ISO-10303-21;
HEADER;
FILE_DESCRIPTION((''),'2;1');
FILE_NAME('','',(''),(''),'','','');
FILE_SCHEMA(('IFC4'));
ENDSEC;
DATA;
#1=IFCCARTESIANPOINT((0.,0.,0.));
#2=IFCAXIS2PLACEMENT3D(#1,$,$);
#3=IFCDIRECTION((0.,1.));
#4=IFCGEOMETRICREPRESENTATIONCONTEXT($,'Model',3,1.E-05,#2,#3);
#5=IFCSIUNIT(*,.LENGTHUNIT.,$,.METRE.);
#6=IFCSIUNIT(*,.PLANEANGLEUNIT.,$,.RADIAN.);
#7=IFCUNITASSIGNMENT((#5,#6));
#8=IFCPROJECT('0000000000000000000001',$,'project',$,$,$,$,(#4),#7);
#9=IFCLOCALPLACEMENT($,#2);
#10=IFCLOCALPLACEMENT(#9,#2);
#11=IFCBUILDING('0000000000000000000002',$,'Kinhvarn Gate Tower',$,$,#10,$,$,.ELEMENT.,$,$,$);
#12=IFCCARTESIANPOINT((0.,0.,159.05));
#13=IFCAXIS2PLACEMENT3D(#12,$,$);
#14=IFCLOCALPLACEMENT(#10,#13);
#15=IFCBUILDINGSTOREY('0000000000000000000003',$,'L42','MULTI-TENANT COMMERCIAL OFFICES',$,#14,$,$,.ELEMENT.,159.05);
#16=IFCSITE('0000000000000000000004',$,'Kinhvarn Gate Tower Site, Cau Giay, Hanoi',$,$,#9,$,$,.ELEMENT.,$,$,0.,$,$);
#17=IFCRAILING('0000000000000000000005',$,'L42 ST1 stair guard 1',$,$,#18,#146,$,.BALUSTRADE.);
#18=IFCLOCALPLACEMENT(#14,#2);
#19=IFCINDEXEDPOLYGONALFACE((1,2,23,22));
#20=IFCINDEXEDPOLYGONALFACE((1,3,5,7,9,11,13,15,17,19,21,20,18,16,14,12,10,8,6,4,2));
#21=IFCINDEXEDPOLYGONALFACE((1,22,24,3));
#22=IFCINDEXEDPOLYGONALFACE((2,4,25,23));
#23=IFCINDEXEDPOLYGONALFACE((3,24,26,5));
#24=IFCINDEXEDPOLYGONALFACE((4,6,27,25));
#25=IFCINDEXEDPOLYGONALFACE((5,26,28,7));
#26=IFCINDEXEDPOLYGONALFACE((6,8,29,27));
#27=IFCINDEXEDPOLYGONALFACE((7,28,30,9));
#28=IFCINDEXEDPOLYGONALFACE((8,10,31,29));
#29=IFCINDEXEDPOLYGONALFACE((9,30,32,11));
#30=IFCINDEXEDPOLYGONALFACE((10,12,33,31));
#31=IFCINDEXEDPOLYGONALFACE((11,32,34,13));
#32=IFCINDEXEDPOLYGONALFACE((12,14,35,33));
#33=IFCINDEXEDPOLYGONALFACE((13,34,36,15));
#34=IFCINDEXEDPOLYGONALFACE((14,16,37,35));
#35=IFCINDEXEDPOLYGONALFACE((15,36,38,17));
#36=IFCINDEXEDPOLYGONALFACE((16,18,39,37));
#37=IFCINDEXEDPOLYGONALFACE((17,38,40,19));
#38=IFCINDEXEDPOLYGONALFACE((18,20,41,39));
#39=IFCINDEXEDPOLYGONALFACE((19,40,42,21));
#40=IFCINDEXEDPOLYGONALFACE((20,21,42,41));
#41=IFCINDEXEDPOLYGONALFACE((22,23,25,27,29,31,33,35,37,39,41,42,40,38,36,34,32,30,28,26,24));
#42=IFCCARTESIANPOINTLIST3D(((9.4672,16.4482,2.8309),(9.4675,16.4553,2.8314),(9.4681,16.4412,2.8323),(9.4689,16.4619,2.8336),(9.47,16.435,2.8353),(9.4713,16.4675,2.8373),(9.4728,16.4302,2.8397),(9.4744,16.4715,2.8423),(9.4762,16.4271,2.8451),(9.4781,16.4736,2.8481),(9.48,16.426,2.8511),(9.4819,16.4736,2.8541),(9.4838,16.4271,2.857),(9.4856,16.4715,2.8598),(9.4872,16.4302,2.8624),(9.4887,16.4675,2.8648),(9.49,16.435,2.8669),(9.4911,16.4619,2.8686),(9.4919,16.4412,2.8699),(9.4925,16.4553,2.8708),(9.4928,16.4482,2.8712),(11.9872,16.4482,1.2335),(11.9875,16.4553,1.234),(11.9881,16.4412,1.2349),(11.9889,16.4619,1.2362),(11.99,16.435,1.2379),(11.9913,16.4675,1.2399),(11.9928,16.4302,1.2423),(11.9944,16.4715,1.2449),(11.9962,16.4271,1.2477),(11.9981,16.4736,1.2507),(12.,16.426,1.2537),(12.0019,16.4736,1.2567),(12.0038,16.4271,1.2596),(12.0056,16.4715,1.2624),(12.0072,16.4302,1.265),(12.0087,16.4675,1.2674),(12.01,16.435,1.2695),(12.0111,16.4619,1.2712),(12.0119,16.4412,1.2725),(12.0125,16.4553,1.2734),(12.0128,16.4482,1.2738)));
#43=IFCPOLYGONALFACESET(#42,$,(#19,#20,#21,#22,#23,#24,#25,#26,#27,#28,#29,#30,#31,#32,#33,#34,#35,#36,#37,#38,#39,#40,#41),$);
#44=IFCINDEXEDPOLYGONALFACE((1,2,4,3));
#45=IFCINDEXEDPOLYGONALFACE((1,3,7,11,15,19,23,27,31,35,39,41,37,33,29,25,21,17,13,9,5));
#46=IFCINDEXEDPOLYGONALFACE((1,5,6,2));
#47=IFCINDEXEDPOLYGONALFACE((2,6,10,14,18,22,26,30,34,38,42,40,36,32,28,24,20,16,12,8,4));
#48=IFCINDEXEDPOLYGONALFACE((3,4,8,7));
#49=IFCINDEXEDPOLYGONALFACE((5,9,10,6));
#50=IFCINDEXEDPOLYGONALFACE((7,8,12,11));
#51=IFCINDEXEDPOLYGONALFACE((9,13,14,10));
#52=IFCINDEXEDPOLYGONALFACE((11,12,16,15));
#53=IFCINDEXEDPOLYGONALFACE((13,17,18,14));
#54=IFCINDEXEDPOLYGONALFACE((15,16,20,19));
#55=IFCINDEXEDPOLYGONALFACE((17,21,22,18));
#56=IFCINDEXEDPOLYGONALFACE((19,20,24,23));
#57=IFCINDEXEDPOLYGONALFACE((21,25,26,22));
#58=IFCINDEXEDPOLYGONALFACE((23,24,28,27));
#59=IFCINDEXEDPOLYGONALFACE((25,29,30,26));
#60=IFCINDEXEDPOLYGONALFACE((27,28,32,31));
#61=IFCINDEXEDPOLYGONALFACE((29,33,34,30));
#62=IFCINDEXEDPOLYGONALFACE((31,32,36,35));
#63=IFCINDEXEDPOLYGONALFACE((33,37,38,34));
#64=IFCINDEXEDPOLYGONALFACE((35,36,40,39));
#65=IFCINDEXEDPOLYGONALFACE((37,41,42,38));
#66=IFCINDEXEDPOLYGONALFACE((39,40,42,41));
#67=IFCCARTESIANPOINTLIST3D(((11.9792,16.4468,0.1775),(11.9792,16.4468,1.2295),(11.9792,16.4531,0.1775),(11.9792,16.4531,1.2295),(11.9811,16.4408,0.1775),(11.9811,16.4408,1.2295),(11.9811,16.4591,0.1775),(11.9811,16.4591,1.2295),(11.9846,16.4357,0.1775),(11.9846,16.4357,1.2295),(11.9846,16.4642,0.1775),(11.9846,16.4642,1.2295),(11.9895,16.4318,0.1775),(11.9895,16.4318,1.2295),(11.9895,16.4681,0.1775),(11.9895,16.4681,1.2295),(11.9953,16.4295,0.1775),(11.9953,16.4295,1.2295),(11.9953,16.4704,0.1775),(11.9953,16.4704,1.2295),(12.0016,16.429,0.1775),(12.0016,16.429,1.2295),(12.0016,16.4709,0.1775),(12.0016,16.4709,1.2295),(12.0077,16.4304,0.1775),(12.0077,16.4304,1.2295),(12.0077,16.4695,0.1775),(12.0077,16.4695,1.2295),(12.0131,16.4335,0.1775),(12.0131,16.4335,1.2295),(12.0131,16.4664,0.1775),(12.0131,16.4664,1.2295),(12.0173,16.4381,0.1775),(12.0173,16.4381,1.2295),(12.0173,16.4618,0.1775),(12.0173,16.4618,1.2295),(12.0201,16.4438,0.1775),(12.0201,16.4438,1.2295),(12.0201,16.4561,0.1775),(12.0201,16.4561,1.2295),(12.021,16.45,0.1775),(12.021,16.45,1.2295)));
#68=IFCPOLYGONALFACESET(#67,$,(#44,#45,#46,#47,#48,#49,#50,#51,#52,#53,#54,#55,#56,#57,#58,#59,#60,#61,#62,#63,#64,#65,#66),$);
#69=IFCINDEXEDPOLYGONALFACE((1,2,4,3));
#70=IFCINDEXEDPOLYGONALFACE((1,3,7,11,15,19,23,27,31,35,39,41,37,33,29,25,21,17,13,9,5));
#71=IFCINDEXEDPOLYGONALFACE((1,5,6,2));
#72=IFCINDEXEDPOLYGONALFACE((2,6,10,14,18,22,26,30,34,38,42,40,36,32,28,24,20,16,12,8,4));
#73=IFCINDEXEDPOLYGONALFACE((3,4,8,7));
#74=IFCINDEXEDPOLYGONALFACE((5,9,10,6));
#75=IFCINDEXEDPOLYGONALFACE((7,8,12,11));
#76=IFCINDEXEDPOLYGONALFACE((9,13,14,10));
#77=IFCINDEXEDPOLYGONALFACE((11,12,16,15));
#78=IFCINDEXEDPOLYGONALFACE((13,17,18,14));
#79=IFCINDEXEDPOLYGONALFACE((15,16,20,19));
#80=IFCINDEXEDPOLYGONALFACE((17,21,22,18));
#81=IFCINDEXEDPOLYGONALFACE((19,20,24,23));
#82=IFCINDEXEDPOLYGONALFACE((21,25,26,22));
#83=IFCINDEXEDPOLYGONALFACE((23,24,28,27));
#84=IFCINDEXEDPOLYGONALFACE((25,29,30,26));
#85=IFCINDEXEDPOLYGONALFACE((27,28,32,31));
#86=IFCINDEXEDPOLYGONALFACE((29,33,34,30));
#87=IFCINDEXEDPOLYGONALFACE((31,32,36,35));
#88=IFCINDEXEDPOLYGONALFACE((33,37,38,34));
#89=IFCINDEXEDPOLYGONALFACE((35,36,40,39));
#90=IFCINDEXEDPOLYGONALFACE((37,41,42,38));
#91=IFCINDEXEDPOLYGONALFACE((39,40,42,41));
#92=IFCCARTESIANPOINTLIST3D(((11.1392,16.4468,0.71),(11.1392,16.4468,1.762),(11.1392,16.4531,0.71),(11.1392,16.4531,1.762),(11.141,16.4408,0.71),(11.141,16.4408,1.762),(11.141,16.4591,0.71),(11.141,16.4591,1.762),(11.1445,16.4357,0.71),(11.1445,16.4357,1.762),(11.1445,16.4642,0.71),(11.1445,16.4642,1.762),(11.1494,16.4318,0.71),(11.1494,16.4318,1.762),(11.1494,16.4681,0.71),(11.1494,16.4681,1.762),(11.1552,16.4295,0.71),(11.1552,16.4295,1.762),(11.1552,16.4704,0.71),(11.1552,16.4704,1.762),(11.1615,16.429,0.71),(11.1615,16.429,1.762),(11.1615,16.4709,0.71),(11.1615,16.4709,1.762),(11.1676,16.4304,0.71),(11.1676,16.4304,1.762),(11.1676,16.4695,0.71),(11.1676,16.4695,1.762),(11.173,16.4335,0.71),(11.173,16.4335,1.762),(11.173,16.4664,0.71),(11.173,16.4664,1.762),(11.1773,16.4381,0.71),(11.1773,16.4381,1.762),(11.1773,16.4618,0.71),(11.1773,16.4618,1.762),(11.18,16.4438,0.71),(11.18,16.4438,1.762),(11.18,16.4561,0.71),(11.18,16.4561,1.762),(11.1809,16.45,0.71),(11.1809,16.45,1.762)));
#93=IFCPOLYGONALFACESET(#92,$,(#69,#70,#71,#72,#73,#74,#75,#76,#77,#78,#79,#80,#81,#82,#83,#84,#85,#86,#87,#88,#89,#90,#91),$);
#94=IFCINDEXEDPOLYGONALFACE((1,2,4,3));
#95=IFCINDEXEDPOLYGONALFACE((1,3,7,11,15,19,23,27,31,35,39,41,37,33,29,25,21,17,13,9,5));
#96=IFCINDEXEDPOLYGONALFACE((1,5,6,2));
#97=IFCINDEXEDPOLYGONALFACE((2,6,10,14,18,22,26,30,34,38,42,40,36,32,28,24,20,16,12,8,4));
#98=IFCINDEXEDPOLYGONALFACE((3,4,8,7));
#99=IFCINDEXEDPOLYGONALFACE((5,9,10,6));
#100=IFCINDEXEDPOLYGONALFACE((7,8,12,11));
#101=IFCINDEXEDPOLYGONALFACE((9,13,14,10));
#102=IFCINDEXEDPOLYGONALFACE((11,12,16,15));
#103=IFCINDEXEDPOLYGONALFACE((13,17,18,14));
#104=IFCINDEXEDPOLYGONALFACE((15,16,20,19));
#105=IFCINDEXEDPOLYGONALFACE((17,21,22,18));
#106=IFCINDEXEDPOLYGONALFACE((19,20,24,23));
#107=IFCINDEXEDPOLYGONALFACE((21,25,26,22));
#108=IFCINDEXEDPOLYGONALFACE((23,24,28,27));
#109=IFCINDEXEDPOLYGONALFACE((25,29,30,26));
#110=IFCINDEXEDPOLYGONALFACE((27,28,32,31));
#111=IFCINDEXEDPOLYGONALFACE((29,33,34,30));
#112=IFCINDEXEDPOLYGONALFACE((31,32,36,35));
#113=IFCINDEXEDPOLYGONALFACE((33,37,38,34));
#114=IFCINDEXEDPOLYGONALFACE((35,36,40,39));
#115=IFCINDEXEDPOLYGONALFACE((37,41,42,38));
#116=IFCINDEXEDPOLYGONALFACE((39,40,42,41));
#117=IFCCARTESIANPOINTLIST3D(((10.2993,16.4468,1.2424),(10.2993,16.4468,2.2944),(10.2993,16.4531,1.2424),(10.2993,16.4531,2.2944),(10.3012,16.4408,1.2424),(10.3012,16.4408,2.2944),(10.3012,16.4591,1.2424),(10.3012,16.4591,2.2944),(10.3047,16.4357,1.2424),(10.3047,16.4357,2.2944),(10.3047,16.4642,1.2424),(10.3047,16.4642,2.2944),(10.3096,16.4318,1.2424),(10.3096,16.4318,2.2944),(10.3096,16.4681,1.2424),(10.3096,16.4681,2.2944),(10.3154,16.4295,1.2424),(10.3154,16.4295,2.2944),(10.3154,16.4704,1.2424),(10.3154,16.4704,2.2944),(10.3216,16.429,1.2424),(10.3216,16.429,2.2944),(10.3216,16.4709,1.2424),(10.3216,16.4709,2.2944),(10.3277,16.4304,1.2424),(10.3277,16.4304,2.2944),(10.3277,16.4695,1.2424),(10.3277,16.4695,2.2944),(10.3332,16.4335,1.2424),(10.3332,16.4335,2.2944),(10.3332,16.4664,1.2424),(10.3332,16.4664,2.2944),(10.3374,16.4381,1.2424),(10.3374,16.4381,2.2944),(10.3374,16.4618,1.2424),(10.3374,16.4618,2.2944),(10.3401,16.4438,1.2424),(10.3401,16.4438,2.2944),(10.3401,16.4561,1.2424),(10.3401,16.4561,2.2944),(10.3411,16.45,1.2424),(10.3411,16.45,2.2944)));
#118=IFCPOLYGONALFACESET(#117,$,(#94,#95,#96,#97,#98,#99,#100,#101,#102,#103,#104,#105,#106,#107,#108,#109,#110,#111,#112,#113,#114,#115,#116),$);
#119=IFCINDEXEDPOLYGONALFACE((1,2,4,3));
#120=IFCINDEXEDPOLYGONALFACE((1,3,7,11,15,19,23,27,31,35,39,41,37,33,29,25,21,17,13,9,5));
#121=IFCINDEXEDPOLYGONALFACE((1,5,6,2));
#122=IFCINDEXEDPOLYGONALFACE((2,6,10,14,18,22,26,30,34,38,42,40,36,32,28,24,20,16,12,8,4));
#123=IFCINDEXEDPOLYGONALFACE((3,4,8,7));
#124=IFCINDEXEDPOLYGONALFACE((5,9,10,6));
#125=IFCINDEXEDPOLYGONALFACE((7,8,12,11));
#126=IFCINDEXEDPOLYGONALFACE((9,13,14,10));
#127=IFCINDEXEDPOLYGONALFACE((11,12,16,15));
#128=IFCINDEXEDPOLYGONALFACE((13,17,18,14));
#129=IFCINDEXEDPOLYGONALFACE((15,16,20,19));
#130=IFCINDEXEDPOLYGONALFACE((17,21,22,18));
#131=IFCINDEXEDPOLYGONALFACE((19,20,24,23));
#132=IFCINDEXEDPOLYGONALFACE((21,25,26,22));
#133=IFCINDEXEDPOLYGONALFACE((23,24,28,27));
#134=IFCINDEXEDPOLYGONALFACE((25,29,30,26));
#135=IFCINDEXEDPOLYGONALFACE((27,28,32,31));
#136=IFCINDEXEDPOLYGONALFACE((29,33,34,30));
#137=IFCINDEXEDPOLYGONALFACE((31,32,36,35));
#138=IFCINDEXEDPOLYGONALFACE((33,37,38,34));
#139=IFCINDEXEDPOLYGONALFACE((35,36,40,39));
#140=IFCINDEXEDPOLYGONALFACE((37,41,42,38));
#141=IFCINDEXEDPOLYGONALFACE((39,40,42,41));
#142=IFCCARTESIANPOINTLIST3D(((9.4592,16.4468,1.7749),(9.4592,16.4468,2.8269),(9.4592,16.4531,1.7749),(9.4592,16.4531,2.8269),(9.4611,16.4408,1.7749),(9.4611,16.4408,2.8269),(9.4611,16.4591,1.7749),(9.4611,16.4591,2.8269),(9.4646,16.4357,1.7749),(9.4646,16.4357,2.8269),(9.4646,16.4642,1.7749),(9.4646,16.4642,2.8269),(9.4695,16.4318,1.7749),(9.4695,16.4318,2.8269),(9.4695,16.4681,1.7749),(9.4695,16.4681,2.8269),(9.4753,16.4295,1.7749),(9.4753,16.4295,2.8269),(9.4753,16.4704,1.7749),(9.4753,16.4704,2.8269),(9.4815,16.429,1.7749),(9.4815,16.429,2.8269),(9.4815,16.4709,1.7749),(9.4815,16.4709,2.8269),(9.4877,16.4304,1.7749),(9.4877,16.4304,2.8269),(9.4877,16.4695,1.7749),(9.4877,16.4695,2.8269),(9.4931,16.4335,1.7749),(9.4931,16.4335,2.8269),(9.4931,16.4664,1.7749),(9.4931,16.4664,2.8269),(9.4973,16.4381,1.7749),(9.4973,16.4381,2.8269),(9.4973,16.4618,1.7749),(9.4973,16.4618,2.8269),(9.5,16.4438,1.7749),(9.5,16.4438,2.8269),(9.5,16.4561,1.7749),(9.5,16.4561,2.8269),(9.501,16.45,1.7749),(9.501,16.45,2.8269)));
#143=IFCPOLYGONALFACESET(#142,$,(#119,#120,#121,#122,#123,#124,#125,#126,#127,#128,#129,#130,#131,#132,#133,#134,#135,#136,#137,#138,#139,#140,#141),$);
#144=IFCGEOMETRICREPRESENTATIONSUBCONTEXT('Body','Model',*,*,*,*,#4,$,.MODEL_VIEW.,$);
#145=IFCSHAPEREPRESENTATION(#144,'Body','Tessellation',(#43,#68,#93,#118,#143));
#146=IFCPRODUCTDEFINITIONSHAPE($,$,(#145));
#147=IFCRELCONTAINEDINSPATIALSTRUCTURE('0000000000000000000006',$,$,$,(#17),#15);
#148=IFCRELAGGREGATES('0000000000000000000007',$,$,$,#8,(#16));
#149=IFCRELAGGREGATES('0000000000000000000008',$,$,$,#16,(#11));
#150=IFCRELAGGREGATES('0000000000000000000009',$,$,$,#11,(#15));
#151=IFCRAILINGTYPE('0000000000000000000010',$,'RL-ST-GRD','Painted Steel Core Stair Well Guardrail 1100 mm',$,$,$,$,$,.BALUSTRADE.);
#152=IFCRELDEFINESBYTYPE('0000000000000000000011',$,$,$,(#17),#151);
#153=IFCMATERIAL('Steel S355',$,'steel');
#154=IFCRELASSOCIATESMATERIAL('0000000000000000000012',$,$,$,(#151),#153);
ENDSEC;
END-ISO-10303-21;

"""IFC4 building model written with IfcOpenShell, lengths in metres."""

from ifc_helpers import new_model, si_unit, direction, frame, origin, origin_2d, place, context, subcontext, project, spatial, circle, extrude, material, type_object, element, save


model = new_model("IFC4")

# Units and contexts
model_context = context("Model", 3, precision=1e-05, world=origin(), true_north=direction((0.0, 1.0)))
body_context = subcontext(model_context, "Body", "Model", "MODEL_VIEW")
ifc_project = project(units=[si_unit("LENGTHUNIT", "METRE"), si_unit("PLANEANGLEUNIT", "RADIAN")], contexts=[model_context])

# Site, building, storey
site_placement = place(None, origin())
site = spatial("IfcSite", under=ifc_project, at=site_placement, Name="Kinhvarn Gate Tower Site, Cau Giay, Hanoi", CompositionType="ELEMENT", RefElevation=0.0)
building_placement = place(site_placement, origin())
building = spatial("IfcBuilding", under=site, at=building_placement, Name="Kinhvarn Gate Tower", CompositionType="ELEMENT")
storey_placement = place(building_placement, frame((0.0, 0.0, 159.05)))
storey = spatial("IfcBuildingStorey", under=building, at=storey_placement, Name="L42", Description="MULTI-TENANT COMMERCIAL OFFICES", CompositionType="ELEMENT", Elevation=159.05)

# Shared definitions
ifc_material_1 = material(Name="Steel S355", Category="steel")

# Railing
railing_type_1 = type_object("IfcRailingType", Name="RL-ST-GRD", Description="Painted Steel Core Stair Well Guardrail 1100 mm", PredefinedType="BALUSTRADE", material=ifc_material_1)
railing_1_placement = place(storey_placement, frame((12.0, 16.45, 0.1775)))
element("IfcRailing", 1, at=railing_1_placement, inside=storey, type_object=railing_type_1, Name="L42 ST1 stair guard 1", PredefinedType="BALUSTRADE", context=body_context, shape_type="SweptSolid", body=[
    extrude(circle(Radius=0.0239, at=origin_2d()), frame((0.0, 0.0, 1.0762), z_axis=(-0.844607, 0.0, 0.535387), x_axis=(0.0, -1.0, 0.0)), (0.0, 0.0, 1.0), 2.9836),
    extrude(circle(Radius=0.021, at=origin_2d()), origin(), (0.0, 0.0, 1.0), 1.052),
    extrude(circle(Radius=0.021, at=origin_2d()), frame((-0.8401, 0.0, 0.5325)), (0.0, 0.0, 1.0), 1.052),
    extrude(circle(Radius=0.021, at=origin_2d()), frame((-1.6799, 0.0, 1.0649)), (0.0, 0.0, 1.0), 1.052),
    extrude(circle(Radius=0.021, at=origin_2d()), frame((-2.52, 0.0, 1.5974)), (0.0, 0.0, 1.0), 1.052),
])

save(model, "model.ifc")
